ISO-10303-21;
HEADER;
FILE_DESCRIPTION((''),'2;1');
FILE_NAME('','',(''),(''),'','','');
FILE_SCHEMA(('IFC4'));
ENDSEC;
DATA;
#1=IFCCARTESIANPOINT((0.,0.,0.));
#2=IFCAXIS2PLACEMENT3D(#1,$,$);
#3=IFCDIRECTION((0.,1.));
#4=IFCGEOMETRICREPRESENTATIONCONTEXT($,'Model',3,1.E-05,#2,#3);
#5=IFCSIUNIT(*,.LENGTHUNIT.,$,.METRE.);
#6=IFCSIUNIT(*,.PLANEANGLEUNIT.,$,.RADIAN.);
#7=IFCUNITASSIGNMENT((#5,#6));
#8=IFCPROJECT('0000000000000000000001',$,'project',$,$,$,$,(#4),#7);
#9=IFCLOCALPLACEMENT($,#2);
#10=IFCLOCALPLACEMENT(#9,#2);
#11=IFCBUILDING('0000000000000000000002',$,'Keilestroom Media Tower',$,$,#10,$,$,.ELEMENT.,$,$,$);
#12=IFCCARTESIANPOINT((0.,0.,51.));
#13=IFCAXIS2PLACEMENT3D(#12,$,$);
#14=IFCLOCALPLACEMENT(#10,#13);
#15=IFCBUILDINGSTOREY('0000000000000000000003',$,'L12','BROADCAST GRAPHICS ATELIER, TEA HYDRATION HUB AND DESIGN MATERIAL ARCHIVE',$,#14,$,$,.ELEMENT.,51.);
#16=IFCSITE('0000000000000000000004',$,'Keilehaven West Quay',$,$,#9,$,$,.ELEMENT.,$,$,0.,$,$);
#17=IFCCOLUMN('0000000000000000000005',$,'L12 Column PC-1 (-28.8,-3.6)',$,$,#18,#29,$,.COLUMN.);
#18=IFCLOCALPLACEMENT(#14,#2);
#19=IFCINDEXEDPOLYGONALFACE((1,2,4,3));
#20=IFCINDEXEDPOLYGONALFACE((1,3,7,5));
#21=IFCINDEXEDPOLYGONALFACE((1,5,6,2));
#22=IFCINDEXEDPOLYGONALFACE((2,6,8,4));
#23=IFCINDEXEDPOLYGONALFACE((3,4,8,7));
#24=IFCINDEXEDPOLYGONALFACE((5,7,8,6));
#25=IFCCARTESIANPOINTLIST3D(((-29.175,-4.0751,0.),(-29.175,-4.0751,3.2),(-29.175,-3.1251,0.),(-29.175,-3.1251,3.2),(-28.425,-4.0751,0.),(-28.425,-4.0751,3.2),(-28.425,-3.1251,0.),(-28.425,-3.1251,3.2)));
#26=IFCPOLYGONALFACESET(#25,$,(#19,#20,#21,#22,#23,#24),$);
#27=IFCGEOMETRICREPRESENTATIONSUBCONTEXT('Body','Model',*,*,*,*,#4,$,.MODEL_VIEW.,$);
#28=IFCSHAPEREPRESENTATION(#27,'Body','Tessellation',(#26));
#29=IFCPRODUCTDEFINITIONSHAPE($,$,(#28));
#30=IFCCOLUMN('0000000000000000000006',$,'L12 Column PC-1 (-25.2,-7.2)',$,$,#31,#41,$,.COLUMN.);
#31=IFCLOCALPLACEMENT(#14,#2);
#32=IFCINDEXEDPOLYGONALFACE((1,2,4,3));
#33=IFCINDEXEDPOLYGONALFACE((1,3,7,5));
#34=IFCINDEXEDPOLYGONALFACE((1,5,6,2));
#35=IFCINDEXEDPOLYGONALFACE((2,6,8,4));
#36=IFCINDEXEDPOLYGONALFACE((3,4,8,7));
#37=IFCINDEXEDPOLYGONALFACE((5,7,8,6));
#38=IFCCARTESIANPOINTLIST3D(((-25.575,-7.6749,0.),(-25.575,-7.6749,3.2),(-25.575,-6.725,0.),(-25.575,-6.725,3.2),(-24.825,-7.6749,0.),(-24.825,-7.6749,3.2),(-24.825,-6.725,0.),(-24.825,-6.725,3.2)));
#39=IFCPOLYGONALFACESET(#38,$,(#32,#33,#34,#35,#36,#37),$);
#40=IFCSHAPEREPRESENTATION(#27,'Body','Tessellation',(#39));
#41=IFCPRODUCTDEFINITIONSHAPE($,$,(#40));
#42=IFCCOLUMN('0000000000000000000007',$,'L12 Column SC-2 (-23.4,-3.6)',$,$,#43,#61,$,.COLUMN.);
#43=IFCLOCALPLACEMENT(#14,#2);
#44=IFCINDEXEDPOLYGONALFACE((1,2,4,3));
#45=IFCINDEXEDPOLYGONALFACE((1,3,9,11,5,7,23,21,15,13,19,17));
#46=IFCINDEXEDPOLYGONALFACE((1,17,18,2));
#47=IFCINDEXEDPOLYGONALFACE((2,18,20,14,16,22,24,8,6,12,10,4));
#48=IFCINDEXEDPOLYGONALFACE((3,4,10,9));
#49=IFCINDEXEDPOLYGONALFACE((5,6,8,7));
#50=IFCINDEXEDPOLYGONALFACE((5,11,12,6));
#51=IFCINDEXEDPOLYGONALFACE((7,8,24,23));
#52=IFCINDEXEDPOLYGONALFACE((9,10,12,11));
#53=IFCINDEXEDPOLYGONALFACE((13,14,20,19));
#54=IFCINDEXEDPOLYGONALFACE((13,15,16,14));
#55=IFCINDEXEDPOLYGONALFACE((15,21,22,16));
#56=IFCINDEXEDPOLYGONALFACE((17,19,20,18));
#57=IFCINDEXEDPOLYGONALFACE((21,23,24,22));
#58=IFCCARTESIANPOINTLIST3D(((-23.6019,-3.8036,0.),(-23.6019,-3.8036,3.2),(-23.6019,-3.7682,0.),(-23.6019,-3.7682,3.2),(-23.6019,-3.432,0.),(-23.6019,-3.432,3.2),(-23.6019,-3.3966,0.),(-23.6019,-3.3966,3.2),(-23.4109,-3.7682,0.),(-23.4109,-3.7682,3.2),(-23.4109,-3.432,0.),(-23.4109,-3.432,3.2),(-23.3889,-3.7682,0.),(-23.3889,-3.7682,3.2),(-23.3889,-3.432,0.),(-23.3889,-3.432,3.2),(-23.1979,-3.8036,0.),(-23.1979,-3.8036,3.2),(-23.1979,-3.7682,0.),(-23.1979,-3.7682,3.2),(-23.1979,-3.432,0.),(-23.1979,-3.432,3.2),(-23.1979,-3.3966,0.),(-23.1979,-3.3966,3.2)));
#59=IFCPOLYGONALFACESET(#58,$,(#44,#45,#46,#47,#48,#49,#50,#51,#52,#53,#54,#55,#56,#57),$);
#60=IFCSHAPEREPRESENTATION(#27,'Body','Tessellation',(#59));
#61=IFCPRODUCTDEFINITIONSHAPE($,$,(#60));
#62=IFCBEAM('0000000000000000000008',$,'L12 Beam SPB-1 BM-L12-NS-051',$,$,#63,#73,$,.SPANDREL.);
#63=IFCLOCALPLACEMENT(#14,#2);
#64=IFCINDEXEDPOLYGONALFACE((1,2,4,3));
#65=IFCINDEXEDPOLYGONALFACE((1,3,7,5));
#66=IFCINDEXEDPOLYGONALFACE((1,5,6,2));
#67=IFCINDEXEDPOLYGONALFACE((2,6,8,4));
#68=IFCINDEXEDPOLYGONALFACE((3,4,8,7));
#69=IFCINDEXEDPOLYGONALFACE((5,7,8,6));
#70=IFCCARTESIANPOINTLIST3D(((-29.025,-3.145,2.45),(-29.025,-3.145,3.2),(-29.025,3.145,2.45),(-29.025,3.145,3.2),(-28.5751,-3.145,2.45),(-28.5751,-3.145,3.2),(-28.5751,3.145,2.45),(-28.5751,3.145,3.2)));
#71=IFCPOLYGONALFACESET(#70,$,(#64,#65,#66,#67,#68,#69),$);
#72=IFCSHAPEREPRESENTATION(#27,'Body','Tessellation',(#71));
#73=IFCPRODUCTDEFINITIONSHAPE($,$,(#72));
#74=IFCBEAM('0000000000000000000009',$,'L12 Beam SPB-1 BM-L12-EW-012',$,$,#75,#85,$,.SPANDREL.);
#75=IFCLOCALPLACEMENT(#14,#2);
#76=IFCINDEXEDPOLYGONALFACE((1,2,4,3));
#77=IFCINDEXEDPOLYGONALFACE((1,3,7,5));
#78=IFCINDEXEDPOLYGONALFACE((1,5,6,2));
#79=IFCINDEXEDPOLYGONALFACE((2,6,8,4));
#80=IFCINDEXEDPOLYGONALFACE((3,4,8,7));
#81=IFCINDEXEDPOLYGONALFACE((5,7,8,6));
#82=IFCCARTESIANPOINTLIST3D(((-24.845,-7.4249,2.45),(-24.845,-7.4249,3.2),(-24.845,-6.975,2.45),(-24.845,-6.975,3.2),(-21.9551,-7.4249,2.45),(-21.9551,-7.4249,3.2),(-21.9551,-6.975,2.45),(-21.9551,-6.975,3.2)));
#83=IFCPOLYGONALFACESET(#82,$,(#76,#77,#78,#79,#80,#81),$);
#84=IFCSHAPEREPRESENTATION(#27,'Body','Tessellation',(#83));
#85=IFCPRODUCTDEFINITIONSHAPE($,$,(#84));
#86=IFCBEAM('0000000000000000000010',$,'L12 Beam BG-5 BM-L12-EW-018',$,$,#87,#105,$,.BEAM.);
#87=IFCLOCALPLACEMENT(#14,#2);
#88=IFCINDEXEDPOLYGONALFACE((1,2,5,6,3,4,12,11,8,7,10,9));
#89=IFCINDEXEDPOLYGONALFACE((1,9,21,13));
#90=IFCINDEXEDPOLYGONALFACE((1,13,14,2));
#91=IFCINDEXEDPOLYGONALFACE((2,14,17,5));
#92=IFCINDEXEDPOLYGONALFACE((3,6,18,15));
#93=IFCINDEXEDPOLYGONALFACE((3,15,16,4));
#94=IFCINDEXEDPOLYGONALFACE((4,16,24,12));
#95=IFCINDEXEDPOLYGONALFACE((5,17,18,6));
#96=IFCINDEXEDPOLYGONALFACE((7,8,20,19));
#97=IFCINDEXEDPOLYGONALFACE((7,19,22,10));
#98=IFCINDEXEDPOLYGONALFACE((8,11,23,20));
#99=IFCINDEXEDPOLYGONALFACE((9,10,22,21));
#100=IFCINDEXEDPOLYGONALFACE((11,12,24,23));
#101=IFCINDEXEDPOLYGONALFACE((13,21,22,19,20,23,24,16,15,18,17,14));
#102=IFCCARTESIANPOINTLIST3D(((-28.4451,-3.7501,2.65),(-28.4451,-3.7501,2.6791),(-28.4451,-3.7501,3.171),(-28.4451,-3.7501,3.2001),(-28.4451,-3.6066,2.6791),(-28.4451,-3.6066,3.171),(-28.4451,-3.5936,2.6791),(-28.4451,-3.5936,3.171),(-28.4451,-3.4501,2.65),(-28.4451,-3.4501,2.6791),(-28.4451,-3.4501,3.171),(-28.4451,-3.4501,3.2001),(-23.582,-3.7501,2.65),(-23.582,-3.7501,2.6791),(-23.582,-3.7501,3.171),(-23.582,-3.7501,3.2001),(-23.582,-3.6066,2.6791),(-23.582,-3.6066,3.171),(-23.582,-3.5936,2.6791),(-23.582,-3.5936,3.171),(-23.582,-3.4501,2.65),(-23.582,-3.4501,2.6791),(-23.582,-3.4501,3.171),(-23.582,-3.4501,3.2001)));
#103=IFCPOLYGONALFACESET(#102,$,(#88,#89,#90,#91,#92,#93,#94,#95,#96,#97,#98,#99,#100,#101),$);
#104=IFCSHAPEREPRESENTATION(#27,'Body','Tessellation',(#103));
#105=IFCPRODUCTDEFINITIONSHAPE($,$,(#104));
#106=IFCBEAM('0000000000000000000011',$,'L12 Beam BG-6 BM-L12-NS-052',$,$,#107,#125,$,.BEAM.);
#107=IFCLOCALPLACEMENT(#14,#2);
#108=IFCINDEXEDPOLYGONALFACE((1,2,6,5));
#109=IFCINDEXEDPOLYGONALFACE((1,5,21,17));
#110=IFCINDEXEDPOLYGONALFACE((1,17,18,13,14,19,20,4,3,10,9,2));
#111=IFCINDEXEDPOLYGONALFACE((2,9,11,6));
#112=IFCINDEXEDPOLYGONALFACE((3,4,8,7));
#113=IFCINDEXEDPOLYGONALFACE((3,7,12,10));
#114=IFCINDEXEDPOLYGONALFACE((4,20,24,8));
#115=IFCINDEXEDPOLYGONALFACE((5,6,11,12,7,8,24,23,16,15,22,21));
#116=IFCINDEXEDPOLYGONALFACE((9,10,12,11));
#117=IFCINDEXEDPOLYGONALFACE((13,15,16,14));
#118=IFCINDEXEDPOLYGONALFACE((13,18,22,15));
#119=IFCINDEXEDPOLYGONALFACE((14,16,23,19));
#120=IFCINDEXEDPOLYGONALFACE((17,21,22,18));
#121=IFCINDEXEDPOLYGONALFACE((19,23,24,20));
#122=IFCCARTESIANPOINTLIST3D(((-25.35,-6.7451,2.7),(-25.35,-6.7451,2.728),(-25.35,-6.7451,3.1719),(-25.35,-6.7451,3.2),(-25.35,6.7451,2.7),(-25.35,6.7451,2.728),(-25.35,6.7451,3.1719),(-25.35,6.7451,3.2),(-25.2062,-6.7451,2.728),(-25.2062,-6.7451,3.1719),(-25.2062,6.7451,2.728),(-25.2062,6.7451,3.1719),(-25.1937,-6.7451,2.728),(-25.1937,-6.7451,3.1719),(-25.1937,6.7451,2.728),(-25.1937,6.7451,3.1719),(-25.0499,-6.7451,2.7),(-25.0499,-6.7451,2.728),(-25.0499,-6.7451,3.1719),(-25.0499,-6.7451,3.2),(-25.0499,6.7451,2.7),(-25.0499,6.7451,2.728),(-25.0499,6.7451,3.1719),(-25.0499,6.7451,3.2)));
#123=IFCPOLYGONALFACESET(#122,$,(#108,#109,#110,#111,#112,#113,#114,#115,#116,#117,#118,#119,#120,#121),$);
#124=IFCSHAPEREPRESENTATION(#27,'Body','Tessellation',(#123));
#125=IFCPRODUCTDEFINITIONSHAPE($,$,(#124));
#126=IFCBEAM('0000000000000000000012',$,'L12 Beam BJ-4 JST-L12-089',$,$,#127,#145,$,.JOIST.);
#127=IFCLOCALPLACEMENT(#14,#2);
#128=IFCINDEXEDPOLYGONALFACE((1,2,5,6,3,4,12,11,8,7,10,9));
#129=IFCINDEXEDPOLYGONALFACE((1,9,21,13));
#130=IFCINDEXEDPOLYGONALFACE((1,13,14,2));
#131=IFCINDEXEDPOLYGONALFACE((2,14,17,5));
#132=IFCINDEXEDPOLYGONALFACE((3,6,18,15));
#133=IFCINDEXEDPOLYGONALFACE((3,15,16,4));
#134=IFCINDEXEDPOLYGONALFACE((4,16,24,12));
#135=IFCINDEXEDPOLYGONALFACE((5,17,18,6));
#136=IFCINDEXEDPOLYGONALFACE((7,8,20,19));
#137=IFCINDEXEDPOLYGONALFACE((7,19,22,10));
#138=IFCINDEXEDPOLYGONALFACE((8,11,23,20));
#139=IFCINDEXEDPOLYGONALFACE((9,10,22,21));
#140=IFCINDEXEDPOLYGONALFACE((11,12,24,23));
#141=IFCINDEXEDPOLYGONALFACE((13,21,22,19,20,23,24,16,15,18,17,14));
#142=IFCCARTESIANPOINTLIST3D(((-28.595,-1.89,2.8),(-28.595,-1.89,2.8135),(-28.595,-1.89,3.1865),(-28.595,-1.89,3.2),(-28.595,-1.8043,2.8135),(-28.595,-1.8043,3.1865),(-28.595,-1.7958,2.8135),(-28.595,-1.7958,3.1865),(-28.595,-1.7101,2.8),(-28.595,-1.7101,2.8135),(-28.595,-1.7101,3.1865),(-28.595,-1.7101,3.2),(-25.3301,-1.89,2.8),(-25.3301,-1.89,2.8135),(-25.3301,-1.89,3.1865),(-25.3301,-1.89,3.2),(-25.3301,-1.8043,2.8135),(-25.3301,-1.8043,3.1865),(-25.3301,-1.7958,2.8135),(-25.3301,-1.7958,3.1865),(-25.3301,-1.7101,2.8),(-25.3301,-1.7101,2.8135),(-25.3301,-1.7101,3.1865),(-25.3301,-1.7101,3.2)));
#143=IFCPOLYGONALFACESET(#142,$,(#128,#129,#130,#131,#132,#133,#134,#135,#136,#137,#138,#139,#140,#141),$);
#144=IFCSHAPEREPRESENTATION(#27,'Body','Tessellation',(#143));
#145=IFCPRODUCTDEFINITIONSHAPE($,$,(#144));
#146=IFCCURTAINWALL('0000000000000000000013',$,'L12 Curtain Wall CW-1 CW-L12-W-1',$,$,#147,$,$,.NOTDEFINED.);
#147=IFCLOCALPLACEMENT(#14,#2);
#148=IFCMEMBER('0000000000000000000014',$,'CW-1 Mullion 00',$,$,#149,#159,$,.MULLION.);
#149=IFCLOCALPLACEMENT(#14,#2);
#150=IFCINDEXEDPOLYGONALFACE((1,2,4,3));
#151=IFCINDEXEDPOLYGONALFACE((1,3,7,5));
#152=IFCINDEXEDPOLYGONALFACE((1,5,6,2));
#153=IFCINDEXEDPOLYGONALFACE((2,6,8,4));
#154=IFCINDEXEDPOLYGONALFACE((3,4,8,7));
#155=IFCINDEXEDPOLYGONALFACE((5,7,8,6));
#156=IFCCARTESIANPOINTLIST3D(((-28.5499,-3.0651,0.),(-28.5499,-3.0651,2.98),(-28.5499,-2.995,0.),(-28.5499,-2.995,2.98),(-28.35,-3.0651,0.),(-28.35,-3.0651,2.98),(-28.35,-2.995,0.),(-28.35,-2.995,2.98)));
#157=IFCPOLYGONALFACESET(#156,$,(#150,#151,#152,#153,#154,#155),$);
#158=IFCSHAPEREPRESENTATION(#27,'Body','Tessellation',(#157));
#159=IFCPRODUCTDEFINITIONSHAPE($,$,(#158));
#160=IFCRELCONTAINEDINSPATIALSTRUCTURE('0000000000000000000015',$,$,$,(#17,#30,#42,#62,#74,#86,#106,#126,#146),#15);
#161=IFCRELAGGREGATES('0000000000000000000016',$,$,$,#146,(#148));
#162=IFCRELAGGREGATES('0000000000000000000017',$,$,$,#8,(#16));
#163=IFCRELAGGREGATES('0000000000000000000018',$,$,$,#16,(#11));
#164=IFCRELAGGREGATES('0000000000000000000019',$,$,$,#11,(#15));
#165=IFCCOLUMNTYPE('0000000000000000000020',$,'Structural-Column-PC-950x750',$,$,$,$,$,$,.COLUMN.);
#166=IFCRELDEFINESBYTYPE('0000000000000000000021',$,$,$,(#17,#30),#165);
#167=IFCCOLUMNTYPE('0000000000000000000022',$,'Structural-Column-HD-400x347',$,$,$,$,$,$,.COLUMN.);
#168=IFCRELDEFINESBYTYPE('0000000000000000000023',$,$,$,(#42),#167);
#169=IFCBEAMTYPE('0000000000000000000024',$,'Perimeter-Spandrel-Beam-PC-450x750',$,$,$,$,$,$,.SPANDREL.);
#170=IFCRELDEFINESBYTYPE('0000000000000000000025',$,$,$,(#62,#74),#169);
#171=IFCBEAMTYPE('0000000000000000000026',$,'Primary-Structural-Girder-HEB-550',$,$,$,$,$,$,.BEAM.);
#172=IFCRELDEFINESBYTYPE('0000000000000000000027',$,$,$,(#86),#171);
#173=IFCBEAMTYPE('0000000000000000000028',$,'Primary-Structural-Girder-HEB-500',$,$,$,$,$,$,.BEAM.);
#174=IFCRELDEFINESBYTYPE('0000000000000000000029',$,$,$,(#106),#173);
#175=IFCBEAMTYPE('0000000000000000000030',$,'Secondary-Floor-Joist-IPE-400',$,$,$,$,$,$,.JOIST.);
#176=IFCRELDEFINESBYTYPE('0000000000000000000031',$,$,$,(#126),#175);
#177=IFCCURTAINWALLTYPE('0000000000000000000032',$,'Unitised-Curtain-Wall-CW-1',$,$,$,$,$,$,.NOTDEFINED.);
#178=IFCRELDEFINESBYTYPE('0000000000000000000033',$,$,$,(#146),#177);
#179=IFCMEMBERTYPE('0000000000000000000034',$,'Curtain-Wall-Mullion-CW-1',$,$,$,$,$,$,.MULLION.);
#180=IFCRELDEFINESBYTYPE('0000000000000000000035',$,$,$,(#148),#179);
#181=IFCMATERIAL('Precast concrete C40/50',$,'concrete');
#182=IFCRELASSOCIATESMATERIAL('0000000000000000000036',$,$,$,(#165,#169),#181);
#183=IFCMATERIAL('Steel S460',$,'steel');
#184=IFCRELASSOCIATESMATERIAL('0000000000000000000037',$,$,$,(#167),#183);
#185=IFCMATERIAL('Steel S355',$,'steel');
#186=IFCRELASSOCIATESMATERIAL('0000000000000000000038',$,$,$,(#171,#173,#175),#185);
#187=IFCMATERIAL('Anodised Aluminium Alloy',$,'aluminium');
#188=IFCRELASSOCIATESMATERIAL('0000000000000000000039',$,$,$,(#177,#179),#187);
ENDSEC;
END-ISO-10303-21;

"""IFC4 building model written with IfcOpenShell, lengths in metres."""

from ifc_helpers import new_model, si_unit, direction, frame, origin, origin_2d, place, context, subcontext, project, spatial, rectangle, i_section, extrude, source, transform, mapped, material, material_profile, profile_set, type_object, element, aggregate, save


model = new_model("IFC4")

# Units and contexts
model_context = context("Model", 3, precision=1e-05, world=origin(), true_north=direction((0.0, 1.0)))
body_context = subcontext(model_context, "Body", "Model", "MODEL_VIEW")
ifc_project = project(units=[si_unit("LENGTHUNIT", "METRE"), si_unit("PLANEANGLEUNIT", "RADIAN")], contexts=[model_context])

# Site, building, storey
site_placement = place(None, origin())
site = spatial("IfcSite", under=ifc_project, at=site_placement, Name="Keilehaven West Quay", CompositionType="ELEMENT", RefElevation=0.0)
building_placement = place(site_placement, origin())
building = spatial("IfcBuilding", under=site, at=building_placement, Name="Keilestroom Media Tower", CompositionType="ELEMENT")
storey_placement = place(building_placement, frame((0.0, 0.0, 51.0)))
storey = spatial("IfcBuildingStorey", under=building, at=storey_placement, Name="L12", Description="BROADCAST GRAPHICS ATELIER, TEA HYDRATION HUB AND DESIGN MATERIAL ARCHIVE", CompositionType="ELEMENT", Elevation=51.0)

# Columns
ifc_material_1 = material(Name="Precast concrete C40/50", Category="concrete")
ifc_material_profile_1 = material_profile(ifc_material_1, rectangle(XDim=0.75, YDim=0.95, at=origin_2d()), Name="PC 950x750")
ifc_profile_set_1 = profile_set([ifc_material_profile_1], Name="Precast concrete C40/50")
column_type_1 = type_object("IfcColumnType", Name="Structural-Column-PC-950x750", PredefinedType="COLUMN", material=ifc_profile_set_1)
shared_shape_1 = source(origin(), body_context, "Body", "SweptSolid", [
    extrude(rectangle(XDim=0.75, YDim=0.95, at=origin_2d()), origin(), (0.0, 0.0, 1.0), 3.2),
])
for number, where, z_axis, x_axis, name in (
    (1, (-28.8, -3.6001, 0.0), (0.0, 0.0, 1.0), (1.0, 0.0, 0.0), "L12 Column PC-1 (-28.8,-3.6)"),
    (2, (-25.2, -7.2, 0.0), (0.0, 0.0, 1.0), (1.0, 0.0, 0.0), "L12 Column PC-1 (-25.2,-7.2)"),
):
    element("IfcColumn", number, at=place(storey_placement, frame(where, z_axis=z_axis, x_axis=x_axis)), inside=storey, type_object=column_type_1, Name=name, PredefinedType="COLUMN", context=body_context, shape_type="MappedRepresentation", body=[
        mapped(shared_shape_1, transform((0.0, 0.0, 0.0), x_axis=(1.0, 0.0, 0.0), y_axis=(0.0, 1.0, 0.0), z_axis=(0.0, 0.0, 1.0), scale=1.0)),
    ])
ifc_material_2 = material(Name="Steel S460", Category="steel")
ifc_material_profile_2 = material_profile(ifc_material_2, i_section(OverallWidth=0.4041, OverallDepth=0.407, WebThickness=0.022, FlangeThickness=0.0354, at=origin_2d()), Name="HD 400x347")
ifc_profile_set_2 = profile_set([ifc_material_profile_2], Name="Steel S460")
column_type_2 = type_object("IfcColumnType", Name="Structural-Column-HD-400x347", PredefinedType="COLUMN", material=ifc_profile_set_2)
shared_shape_2 = source(origin(), body_context, "Body", "SweptSolid", [
    extrude(i_section(OverallWidth=0.4041, OverallDepth=0.407, WebThickness=0.022, FlangeThickness=0.0354, at=origin_2d()), origin(), (0.0, 0.0, 1.0), 3.2),
])
column_placement = place(storey_placement, frame((-23.3999, -3.6001, 0.0), z_axis=(0.0, 0.0, 1.0), x_axis=(1.0, 0.0, 0.0)))
element("IfcColumn", 3, at=column_placement, inside=storey, type_object=column_type_2, Name="L12 Column SC-2 (-23.4,-3.6)", PredefinedType="COLUMN", context=body_context, shape_type="MappedRepresentation", body=[
    mapped(shared_shape_2, transform((0.0, 0.0, 0.0), x_axis=(1.0, 0.0, 0.0), y_axis=(0.0, 1.0, 0.0), z_axis=(0.0, 0.0, 1.0), scale=1.0)),
])

# Beams
ifc_material_profile_3 = material_profile(ifc_material_1, rectangle(XDim=0.45, YDim=0.75, at=origin_2d()), Name="PC 450x750")
ifc_profile_set_3 = profile_set([ifc_material_profile_3], Name="Precast concrete C40/50")
beam_type_1 = type_object("IfcBeamType", Name="Perimeter-Spandrel-Beam-PC-450x750", PredefinedType="SPANDREL", material=ifc_profile_set_3)
shared_shape_3 = source(origin(), body_context, "Body", "SweptSolid", [
    extrude(rectangle(XDim=0.45, YDim=0.75, at=origin_2d()), origin(), (0.0, 0.0, 1.0), 6.29),
])
beam_1_placement = place(storey_placement, frame((-28.8, -3.145, 2.825), z_axis=(0.0, 1.0, 0.0), x_axis=(-1.0, 0.0, 0.0)))
element("IfcBeam", 4, at=beam_1_placement, inside=storey, type_object=beam_type_1, Name="L12 Beam SPB-1 BM-L12-NS-051", PredefinedType="SPANDREL", context=body_context, shape_type="MappedRepresentation", body=[
    mapped(shared_shape_3, transform((0.0, 0.0, 0.0), x_axis=(1.0, 0.0, 0.0), y_axis=(0.0, 1.0, 0.0), z_axis=(0.0, 0.0, 1.0), scale=1.0)),
])
shared_shape_4 = source(origin(), body_context, "Body", "SweptSolid", [
    extrude(rectangle(XDim=0.45, YDim=0.75, at=origin_2d()), origin(), (0.0, 0.0, 1.0), 2.8899),
])
beam_2_placement = place(storey_placement, frame((-24.845, -7.2, 2.825), z_axis=(1.0, 0.0, 0.0), x_axis=(0.0, 1.0, 0.0)))
element("IfcBeam", 5, at=beam_2_placement, inside=storey, type_object=beam_type_1, Name="L12 Beam SPB-1 BM-L12-EW-012", PredefinedType="SPANDREL", context=body_context, shape_type="MappedRepresentation", body=[
    mapped(shared_shape_4, transform((0.0, 0.0, 0.0), x_axis=(1.0, 0.0, 0.0), y_axis=(0.0, 1.0, 0.0), z_axis=(0.0, 0.0, 1.0), scale=1.0)),
])
ifc_material_3 = material(Name="Steel S355", Category="steel")
ifc_material_profile_4 = material_profile(ifc_material_3, i_section(OverallWidth=0.3, OverallDepth=0.55, WebThickness=0.0129, FlangeThickness=0.0291, at=origin_2d()), Name="HEB 550")
ifc_profile_set_4 = profile_set([ifc_material_profile_4], Name="Steel S355")
beam_type_2 = type_object("IfcBeamType", Name="Primary-Structural-Girder-HEB-550", PredefinedType="BEAM", material=ifc_profile_set_4)
shared_shape_5 = source(origin(), body_context, "Body", "SweptSolid", [
    extrude(i_section(OverallWidth=0.3, OverallDepth=0.55, WebThickness=0.0129, FlangeThickness=0.0291, at=origin_2d()), origin(), (0.0, 0.0, 1.0), 4.863),
])
beam_3_placement = place(storey_placement, frame((-28.4451, -3.6001, 2.925), z_axis=(1.0, 0.0, 0.0), x_axis=(0.0, 1.0, 0.0)))
element("IfcBeam", 6, at=beam_3_placement, inside=storey, type_object=beam_type_2, Name="L12 Beam BG-5 BM-L12-EW-018", PredefinedType="BEAM", context=body_context, shape_type="MappedRepresentation", body=[
    mapped(shared_shape_5, transform((0.0, 0.0, 0.0), x_axis=(1.0, 0.0, 0.0), y_axis=(0.0, 1.0, 0.0), z_axis=(0.0, 0.0, 1.0), scale=1.0)),
])
ifc_material_profile_5 = material_profile(ifc_material_3, i_section(OverallWidth=0.3, OverallDepth=0.5, WebThickness=0.0125, FlangeThickness=0.0281, at=origin_2d()), Name="HEB 500")
ifc_profile_set_5 = profile_set([ifc_material_profile_5], Name="Steel S355")
beam_type_3 = type_object("IfcBeamType", Name="Primary-Structural-Girder-HEB-500", PredefinedType="BEAM", material=ifc_profile_set_5)
shared_shape_6 = source(origin(), body_context, "Body", "SweptSolid", [
    extrude(i_section(OverallWidth=0.3, OverallDepth=0.5, WebThickness=0.0125, FlangeThickness=0.0281, at=origin_2d()), origin(), (0.0, 0.0, 1.0), 13.4902),
])
beam_4_placement = place(storey_placement, frame((-25.2, -6.7451, 2.95), z_axis=(0.0, 1.0, 0.0), x_axis=(-1.0, 0.0, 0.0)))
element("IfcBeam", 7, at=beam_4_placement, inside=storey, type_object=beam_type_3, Name="L12 Beam BG-6 BM-L12-NS-052", PredefinedType="BEAM", context=body_context, shape_type="MappedRepresentation", body=[
    mapped(shared_shape_6, transform((0.0, 0.0, 0.0), x_axis=(1.0, 0.0, 0.0), y_axis=(0.0, 1.0, 0.0), z_axis=(0.0, 0.0, 1.0), scale=1.0)),
])
ifc_material_profile_6 = material_profile(ifc_material_3, i_section(OverallWidth=0.1799, OverallDepth=0.3999, WebThickness=0.0085, FlangeThickness=0.0134, at=origin_2d()), Name="IPE 400")
ifc_profile_set_6 = profile_set([ifc_material_profile_6], Name="Steel S355")
beam_type_4 = type_object("IfcBeamType", Name="Secondary-Floor-Joist-IPE-400", PredefinedType="JOIST", material=ifc_profile_set_6)
shared_shape_7 = source(origin(), body_context, "Body", "SweptSolid", [
    extrude(i_section(OverallWidth=0.1799, OverallDepth=0.3999, WebThickness=0.0085, FlangeThickness=0.0134, at=origin_2d()), origin(), (0.0, 0.0, 1.0), 3.2649),
])
beam_5_placement = place(storey_placement, frame((-28.595, -1.8, 3.0), z_axis=(1.0, 0.0, 0.0), x_axis=(0.0, 1.0, 0.0)))
element("IfcBeam", 8, at=beam_5_placement, inside=storey, type_object=beam_type_4, Name="L12 Beam BJ-4 JST-L12-089", PredefinedType="JOIST", context=body_context, shape_type="MappedRepresentation", body=[
    mapped(shared_shape_7, transform((0.0, 0.0, 0.0), x_axis=(1.0, 0.0, 0.0), y_axis=(0.0, 1.0, 0.0), z_axis=(0.0, 0.0, 1.0), scale=1.0)),
])

# Curtain wall, member
ifc_material_4 = material(Name="Anodised Aluminium Alloy", Category="aluminium")
curtain_wall_type = type_object("IfcCurtainWallType", Name="Unitised-Curtain-Wall-CW-1", PredefinedType="NOTDEFINED", material=ifc_material_4)
curtain_wall_1_placement = place(storey_placement, origin())
curtain_wall_1 = element("IfcCurtainWall", 9, at=curtain_wall_1_placement, inside=storey, type_object=curtain_wall_type, Name="L12 Curtain Wall CW-1 CW-L12-W-1", PredefinedType="NOTDEFINED")
ifc_material_profile_7 = material_profile(ifc_material_4, rectangle(XDim=0.0701, YDim=0.2, at=origin_2d()), Name="ALU MULLION 70x200")
ifc_profile_set_7 = profile_set([ifc_material_profile_7], Name="Anodised Aluminium Alloy")
member_type_1 = type_object("IfcMemberType", Name="Curtain-Wall-Mullion-CW-1", PredefinedType="MULLION", material=ifc_profile_set_7)
shared_shape_8 = source(origin(), body_context, "Body", "SweptSolid", [
    extrude(rectangle(XDim=0.0701, YDim=0.2, at=origin_2d()), origin(), (0.0, 0.0, 1.0), 2.98),
])
member_1_placement = place(storey_placement, frame((-28.45, -3.03, 0.0), z_axis=(0.0, 0.0, 1.0), x_axis=(0.0, 1.0, 0.0)))
member_1 = element("IfcMember", 10, at=member_1_placement, type_object=member_type_1, Name="CW-1 Mullion 00", PredefinedType="MULLION", context=body_context, shape_type="MappedRepresentation", body=[
    mapped(shared_shape_8, transform((0.0, 0.0, 0.0), x_axis=(1.0, 0.0, 0.0), y_axis=(0.0, 1.0, 0.0), z_axis=(0.0, 0.0, 1.0), scale=1.0)),
])

aggregate(curtain_wall_1, [member_1])

save(model, "model.ifc")
